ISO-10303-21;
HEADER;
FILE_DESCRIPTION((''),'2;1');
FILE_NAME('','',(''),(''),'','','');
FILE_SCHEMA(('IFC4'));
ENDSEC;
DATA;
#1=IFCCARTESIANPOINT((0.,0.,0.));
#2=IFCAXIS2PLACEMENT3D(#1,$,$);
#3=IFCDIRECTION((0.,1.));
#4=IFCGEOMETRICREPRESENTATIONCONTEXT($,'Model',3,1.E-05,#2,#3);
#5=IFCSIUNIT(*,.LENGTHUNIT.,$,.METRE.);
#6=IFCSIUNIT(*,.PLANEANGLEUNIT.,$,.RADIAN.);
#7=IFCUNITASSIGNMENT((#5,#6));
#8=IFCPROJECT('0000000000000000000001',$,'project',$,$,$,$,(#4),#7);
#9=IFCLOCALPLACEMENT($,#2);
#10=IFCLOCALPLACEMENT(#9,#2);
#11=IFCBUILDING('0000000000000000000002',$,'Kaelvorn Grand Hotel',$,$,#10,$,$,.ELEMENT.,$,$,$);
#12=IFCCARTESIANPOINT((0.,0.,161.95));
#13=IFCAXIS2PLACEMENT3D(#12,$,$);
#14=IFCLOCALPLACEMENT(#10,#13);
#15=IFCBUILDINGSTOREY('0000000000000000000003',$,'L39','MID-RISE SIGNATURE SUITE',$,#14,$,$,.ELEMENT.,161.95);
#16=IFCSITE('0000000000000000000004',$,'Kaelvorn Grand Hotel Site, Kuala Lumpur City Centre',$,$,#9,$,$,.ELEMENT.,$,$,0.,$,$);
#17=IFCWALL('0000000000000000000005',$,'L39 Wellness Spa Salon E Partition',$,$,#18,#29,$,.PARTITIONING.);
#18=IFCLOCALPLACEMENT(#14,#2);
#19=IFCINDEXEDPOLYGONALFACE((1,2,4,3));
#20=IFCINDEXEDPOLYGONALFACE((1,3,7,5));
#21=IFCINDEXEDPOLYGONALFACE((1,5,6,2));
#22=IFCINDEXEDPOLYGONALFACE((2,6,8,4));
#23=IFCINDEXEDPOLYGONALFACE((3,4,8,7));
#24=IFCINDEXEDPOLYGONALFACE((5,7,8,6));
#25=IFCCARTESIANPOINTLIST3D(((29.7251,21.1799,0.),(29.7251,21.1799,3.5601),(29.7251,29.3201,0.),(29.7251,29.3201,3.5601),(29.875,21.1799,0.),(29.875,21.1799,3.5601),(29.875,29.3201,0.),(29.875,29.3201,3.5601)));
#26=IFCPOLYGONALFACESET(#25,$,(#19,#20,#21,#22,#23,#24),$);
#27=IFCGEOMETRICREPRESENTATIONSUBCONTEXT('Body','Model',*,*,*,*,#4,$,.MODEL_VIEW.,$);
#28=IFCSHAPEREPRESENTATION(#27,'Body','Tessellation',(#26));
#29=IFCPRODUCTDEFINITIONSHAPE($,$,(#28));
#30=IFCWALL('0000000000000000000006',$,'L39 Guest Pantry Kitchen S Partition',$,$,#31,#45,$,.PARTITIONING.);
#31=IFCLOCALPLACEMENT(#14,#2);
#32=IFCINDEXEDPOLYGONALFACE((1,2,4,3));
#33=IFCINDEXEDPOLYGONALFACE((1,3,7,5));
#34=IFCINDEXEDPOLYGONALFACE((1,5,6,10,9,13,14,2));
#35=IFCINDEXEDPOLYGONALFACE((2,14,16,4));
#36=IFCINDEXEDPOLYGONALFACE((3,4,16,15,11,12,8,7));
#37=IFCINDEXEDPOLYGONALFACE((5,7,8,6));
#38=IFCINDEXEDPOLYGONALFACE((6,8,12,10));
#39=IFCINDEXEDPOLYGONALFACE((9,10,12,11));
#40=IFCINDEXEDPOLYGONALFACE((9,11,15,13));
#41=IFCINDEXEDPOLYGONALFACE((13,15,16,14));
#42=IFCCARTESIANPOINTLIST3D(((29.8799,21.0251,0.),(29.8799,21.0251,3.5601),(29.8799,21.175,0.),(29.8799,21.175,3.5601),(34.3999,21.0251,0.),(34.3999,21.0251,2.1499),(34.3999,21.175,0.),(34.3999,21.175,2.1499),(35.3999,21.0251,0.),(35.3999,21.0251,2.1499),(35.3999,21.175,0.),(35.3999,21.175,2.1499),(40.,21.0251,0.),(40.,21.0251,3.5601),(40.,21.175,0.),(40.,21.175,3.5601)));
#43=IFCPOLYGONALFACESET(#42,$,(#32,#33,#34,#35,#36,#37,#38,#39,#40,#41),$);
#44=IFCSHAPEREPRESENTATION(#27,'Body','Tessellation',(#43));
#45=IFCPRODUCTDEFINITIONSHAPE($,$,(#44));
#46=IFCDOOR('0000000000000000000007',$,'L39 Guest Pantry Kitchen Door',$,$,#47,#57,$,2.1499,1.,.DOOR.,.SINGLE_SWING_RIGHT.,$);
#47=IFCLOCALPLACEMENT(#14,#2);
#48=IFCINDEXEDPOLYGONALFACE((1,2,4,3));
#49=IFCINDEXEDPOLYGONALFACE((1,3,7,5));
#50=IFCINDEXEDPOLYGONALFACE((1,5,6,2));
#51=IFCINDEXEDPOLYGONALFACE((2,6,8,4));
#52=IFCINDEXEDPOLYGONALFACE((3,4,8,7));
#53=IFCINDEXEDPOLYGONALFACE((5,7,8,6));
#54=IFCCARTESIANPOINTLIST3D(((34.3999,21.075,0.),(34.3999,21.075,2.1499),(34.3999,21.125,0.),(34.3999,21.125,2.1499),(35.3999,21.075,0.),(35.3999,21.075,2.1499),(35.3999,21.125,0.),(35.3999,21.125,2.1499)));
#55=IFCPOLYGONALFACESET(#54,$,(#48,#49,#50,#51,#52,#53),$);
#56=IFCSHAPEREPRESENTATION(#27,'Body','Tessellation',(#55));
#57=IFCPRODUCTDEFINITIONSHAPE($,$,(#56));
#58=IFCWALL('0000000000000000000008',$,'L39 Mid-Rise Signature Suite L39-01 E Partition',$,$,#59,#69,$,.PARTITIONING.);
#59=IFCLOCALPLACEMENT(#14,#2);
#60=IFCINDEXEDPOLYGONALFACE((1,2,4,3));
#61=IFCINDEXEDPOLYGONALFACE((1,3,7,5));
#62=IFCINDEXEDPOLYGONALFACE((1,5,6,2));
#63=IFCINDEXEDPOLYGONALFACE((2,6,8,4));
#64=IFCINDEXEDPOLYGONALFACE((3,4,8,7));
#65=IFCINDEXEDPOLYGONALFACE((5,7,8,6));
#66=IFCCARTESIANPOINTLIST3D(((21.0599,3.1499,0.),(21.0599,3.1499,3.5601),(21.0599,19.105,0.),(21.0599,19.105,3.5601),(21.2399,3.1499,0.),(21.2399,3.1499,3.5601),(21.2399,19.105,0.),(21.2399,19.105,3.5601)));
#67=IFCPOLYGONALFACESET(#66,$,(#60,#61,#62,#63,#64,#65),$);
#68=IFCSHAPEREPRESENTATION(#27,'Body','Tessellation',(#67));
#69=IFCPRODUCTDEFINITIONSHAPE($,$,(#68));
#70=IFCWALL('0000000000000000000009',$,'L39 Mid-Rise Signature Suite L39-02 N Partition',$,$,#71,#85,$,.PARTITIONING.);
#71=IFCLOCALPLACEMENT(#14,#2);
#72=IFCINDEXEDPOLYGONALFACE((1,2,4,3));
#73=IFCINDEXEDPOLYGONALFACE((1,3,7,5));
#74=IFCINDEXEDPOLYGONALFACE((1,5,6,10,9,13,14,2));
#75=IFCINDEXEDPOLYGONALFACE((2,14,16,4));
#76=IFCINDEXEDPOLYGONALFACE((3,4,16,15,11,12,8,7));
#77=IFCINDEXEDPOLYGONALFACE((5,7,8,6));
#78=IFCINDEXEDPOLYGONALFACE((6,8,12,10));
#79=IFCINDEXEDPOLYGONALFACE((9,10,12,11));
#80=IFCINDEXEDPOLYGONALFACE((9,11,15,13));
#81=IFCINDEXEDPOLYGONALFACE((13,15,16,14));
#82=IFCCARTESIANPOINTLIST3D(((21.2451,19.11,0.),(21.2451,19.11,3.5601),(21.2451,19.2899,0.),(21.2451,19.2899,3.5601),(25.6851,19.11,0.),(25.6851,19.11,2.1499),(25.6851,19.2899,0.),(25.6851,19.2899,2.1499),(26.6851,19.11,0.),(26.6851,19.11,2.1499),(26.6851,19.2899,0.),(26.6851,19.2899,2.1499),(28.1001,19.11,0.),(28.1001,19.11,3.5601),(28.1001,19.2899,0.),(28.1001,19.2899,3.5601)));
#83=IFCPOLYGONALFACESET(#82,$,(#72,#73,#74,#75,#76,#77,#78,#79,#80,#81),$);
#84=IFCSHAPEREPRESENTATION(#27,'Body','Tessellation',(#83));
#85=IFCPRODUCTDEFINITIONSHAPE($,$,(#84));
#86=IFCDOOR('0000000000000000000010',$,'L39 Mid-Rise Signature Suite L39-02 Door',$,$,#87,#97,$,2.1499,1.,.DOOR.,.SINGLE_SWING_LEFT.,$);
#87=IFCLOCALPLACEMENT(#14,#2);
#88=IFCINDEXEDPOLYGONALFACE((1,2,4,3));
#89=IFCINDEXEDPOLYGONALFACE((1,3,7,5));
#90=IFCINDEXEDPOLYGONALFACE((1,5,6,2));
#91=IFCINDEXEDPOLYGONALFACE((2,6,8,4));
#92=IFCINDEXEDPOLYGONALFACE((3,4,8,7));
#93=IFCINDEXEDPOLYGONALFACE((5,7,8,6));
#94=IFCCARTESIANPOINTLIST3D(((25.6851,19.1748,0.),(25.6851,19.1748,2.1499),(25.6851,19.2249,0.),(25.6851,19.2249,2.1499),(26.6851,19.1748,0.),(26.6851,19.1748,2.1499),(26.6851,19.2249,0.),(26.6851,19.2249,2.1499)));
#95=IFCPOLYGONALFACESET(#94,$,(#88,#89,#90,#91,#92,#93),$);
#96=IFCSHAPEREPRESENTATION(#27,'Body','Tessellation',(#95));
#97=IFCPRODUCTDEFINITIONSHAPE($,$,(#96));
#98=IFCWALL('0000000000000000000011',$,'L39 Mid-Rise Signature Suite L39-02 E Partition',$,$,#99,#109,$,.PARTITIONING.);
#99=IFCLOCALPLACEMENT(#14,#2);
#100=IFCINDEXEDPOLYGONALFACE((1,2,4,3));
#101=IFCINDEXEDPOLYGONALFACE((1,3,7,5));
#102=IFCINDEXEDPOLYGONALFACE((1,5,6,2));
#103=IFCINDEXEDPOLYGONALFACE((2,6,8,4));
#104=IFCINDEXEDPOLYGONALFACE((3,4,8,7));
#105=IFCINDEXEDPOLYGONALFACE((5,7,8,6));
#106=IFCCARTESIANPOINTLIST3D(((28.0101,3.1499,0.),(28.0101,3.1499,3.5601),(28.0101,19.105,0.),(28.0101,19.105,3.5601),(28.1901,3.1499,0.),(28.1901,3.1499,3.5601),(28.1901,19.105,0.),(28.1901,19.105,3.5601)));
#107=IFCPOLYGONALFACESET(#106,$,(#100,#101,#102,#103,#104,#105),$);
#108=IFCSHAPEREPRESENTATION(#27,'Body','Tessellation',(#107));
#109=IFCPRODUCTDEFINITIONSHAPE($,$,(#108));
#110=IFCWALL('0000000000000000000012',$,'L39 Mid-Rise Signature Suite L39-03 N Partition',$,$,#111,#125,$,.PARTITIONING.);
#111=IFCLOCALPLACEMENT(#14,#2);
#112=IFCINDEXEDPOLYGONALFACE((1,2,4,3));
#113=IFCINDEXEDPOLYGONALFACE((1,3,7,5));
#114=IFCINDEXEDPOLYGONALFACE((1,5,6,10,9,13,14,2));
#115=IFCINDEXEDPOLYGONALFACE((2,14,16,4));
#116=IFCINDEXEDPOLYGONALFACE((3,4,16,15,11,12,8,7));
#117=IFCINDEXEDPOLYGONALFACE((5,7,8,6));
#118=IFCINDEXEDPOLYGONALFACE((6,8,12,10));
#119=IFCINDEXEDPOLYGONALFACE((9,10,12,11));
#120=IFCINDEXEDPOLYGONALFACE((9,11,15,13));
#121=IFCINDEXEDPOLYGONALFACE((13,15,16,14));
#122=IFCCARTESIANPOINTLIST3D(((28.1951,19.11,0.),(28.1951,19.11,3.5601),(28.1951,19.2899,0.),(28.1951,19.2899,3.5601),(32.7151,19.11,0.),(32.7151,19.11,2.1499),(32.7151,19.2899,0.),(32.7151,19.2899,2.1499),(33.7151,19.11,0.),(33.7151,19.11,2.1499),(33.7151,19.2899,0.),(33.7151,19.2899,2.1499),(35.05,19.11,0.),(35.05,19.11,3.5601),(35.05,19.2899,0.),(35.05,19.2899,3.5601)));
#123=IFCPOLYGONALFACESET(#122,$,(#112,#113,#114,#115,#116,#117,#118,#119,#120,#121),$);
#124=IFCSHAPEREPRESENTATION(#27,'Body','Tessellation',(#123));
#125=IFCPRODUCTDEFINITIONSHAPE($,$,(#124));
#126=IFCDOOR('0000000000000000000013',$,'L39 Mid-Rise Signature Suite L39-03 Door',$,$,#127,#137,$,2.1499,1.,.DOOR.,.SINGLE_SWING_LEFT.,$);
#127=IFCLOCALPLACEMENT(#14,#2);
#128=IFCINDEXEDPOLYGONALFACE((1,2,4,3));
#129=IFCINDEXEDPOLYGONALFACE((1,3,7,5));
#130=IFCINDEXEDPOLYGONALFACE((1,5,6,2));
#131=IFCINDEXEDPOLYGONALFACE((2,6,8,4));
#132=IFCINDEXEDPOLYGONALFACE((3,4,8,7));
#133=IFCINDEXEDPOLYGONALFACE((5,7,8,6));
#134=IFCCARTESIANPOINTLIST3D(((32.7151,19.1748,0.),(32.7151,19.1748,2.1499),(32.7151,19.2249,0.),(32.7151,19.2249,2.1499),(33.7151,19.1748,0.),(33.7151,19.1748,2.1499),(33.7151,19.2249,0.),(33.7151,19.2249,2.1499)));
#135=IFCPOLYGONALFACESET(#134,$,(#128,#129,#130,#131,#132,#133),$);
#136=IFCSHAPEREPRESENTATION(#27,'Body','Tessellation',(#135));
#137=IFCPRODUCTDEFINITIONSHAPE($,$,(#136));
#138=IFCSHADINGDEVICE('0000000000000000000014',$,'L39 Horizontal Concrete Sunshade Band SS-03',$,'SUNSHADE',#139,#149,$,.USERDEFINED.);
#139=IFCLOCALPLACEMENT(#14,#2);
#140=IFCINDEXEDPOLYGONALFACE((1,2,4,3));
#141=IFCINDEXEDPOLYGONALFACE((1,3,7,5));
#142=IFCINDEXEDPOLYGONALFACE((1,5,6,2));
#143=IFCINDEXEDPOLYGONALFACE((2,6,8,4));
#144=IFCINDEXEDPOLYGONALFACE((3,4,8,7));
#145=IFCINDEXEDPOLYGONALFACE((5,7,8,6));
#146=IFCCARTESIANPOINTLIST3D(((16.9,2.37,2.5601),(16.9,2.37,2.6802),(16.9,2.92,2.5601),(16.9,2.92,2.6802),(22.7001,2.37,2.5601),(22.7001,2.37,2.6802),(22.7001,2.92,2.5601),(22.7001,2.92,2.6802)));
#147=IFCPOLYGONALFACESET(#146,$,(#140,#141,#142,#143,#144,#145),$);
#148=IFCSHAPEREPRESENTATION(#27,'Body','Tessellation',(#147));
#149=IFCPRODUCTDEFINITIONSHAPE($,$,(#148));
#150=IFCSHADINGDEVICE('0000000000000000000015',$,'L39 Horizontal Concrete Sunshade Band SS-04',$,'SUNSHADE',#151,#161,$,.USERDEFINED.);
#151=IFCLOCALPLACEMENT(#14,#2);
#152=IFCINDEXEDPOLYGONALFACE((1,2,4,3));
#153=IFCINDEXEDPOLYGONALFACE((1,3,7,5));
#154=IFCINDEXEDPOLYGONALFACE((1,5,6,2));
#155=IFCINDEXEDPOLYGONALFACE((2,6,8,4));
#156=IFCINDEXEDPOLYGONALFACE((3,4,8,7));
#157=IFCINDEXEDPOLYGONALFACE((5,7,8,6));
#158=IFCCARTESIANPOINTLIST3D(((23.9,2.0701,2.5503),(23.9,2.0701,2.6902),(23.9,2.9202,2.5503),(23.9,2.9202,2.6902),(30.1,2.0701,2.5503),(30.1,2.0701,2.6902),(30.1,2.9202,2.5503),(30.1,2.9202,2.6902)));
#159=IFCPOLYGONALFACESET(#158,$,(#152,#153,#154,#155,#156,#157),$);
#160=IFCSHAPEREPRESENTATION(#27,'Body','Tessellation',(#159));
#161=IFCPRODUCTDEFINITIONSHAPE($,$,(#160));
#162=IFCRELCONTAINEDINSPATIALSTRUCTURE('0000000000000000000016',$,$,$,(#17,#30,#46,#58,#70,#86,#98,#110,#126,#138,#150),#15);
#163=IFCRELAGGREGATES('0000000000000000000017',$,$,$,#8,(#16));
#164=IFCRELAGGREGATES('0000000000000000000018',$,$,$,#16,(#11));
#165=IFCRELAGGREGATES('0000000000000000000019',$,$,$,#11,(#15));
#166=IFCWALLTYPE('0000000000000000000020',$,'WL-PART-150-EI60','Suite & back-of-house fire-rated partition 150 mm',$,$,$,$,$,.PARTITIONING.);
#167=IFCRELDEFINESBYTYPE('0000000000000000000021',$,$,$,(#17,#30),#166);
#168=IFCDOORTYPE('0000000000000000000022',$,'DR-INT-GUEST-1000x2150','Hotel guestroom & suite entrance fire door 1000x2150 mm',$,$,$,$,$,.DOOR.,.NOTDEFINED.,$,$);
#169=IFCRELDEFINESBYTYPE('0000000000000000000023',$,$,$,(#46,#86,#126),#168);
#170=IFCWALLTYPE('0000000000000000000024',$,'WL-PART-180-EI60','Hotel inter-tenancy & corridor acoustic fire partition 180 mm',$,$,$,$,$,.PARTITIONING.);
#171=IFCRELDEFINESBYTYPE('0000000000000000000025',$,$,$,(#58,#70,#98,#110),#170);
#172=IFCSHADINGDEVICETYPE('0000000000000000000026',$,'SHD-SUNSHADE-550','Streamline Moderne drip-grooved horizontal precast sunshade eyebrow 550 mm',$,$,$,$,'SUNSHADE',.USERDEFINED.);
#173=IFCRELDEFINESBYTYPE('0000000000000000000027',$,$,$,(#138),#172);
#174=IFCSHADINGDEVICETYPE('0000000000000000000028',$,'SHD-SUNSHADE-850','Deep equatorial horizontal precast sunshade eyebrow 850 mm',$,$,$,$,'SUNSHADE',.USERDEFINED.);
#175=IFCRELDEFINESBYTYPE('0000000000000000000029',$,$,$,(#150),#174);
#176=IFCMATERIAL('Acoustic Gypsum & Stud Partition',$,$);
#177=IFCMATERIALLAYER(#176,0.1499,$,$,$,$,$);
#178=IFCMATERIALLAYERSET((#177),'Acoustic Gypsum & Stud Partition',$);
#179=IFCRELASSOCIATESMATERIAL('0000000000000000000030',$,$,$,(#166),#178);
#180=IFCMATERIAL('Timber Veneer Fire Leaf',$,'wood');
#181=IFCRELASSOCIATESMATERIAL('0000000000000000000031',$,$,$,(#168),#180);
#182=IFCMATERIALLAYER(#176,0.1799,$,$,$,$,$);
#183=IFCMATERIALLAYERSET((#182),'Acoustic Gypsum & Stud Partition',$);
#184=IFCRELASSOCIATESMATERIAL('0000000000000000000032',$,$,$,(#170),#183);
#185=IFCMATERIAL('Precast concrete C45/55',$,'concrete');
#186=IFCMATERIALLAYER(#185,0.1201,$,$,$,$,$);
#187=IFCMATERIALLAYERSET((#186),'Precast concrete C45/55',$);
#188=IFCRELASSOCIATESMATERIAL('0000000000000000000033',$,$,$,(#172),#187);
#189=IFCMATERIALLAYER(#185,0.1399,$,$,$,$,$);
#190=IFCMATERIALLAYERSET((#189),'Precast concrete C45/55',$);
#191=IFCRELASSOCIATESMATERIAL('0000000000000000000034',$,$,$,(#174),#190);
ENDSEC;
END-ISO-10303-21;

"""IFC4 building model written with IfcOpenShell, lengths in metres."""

from ifc_helpers import new_model, si_unit, direction, frame, frame_2d, origin, origin_2d, place, context, subcontext, project, spatial, rectangle, extrude, material, layer, layer_set, type_object, element, fill, save


model = new_model("IFC4")

# Units and contexts
model_context = context("Model", 3, precision=1e-05, world=origin(), true_north=direction((0.0, 1.0)))
body_context = subcontext(model_context, "Body", "Model", "MODEL_VIEW")
ifc_project = project(units=[si_unit("LENGTHUNIT", "METRE"), si_unit("PLANEANGLEUNIT", "RADIAN")], contexts=[model_context])

# Site, building, storey
site_placement = place(None, origin())
site = spatial("IfcSite", under=ifc_project, at=site_placement, Name="Kaelvorn Grand Hotel Site, Kuala Lumpur City Centre", CompositionType="ELEMENT", RefElevation=0.0)
building_placement = place(site_placement, origin())
building = spatial("IfcBuilding", under=site, at=building_placement, Name="Kaelvorn Grand Hotel", CompositionType="ELEMENT")
storey_placement = place(building_placement, frame((0.0, 0.0, 161.95)))
storey = spatial("IfcBuildingStorey", under=building, at=storey_placement, Name="L39", Description="MID-RISE SIGNATURE SUITE", CompositionType="ELEMENT", Elevation=161.95)

# Wall
ifc_material_1 = material(Name="Acoustic Gypsum & Stud Partition")
ifc_layer_1 = layer(ifc_material_1, 0.1499)
ifc_layer_set_1 = layer_set([ifc_layer_1], Name="Acoustic Gypsum & Stud Partition")
wall_type_1 = type_object("IfcWallType", Name="WL-PART-150-EI60", Description="Suite & back-of-house fire-rated partition 150 mm", PredefinedType="PARTITIONING", material=ifc_layer_set_1)
wall_1_placement = place(storey_placement, frame((29.8, 21.1799, 0.0), z_axis=(0.0, 0.0, 1.0), x_axis=(0.0, 1.0, 0.0)))
element("IfcWall", 1, at=wall_1_placement, inside=storey, type_object=wall_type_1, Name="L39 Wellness Spa Salon E Partition", PredefinedType="PARTITIONING", context=body_context, shape_type="SweptSolid", body=[
    extrude(rectangle(XDim=8.1401, YDim=0.1499, at=frame_2d((4.0701, 0.0))), origin(), (0.0, 0.0, 1.0), 3.5601),
])

# Wall, opening, door
wall_2_placement = place(storey_placement, frame((29.8799, 21.1001, 0.0), z_axis=(0.0, 0.0, 1.0), x_axis=(1.0, 0.0, 0.0)))
wall_2 = element("IfcWall", 2, at=wall_2_placement, inside=storey, type_object=wall_type_1, Name="L39 Guest Pantry Kitchen S Partition", PredefinedType="PARTITIONING", context=body_context, shape_type="SweptSolid", body=[
    extrude(rectangle(XDim=10.1201, YDim=0.1499, at=frame_2d((5.0601, 0.0))), origin(), (0.0, 0.0, 1.0), 3.5601),
])
opening_1_placement = place(wall_2_placement, frame((4.52, 0.0, 0.0)))
opening_1 = element("IfcOpeningElement", 3, at=opening_1_placement, cuts=wall_2, PredefinedType="OPENING", context=body_context, shape_type="SweptSolid", body=[
    extrude(rectangle(XDim=1.0, YDim=2.1499, at=frame_2d((0.5, 1.075))), frame((0.0, 0.085, 0.0), z_axis=(0.0, -1.0, 0.0), x_axis=(1.0, 0.0, 0.0)), (0.0, 0.0, 1.0), 0.1699),
])
ifc_material_2 = material(Name="Timber Veneer Fire Leaf", Category="wood")
door_type_1 = type_object("IfcDoorType", Name="DR-INT-GUEST-1000x2150", Description="Hotel guestroom & suite entrance fire door 1000x2150 mm", OperationType="NOTDEFINED", PredefinedType="DOOR", material=ifc_material_2)
door_1_placement = place(opening_1_placement, origin())
door_1 = element("IfcDoor", 4, at=door_1_placement, inside=storey, type_object=door_type_1, Name="L39 Guest Pantry Kitchen Door", OperationType="SINGLE_SWING_RIGHT", OverallHeight=2.1499, OverallWidth=1.0, PredefinedType="DOOR", context=body_context, shape_type="SweptSolid", body=[
    extrude(rectangle(XDim=1.0, YDim=2.1499, at=frame_2d((0.5, 1.075))), frame((0.0, 0.0249, 0.0), z_axis=(0.0, -1.0, 0.0), x_axis=(1.0, 0.0, 0.0)), (0.0, 0.0, 1.0), 0.05),
])
fill(opening_1, door_1)

# Wall
ifc_layer_2 = layer(ifc_material_1, 0.1799)
ifc_layer_set_2 = layer_set([ifc_layer_2], Name="Acoustic Gypsum & Stud Partition")
wall_type_2 = type_object("IfcWallType", Name="WL-PART-180-EI60", Description="Hotel inter-tenancy & corridor acoustic fire partition 180 mm", PredefinedType="PARTITIONING", material=ifc_layer_set_2)
wall_3_placement = place(storey_placement, frame((21.1499, 3.1499, 0.0), z_axis=(0.0, 0.0, 1.0), x_axis=(0.0, 1.0, 0.0)))
element("IfcWall", 5, at=wall_3_placement, inside=storey, type_object=wall_type_2, Name="L39 Mid-Rise Signature Suite L39-01 E Partition", PredefinedType="PARTITIONING", context=body_context, shape_type="SweptSolid", body=[
    extrude(rectangle(XDim=15.9551, YDim=0.1799, at=frame_2d((7.9775, 0.0))), origin(), (0.0, 0.0, 1.0), 3.5601),
])

# Wall, opening, door
wall_4_placement = place(storey_placement, frame((21.2451, 19.2, 0.0), z_axis=(0.0, 0.0, 1.0), x_axis=(1.0, 0.0, 0.0)))
wall_4 = element("IfcWall", 6, at=wall_4_placement, inside=storey, type_object=wall_type_2, Name="L39 Mid-Rise Signature Suite L39-02 N Partition", PredefinedType="PARTITIONING", context=body_context, shape_type="SweptSolid", body=[
    extrude(rectangle(XDim=6.855, YDim=0.1799, at=frame_2d((3.4275, 0.0))), origin(), (0.0, 0.0, 1.0), 3.5601),
])
opening_2_placement = place(wall_4_placement, frame((4.4399, 0.0, 0.0)))
opening_2 = element("IfcOpeningElement", 7, at=opening_2_placement, cuts=wall_4, PredefinedType="OPENING", context=body_context, shape_type="SweptSolid", body=[
    extrude(rectangle(XDim=1.0, YDim=2.1499, at=frame_2d((0.5, 1.075))), frame((0.0, 0.1001, 0.0), z_axis=(0.0, -1.0, 0.0), x_axis=(1.0, 0.0, 0.0)), (0.0, 0.0, 1.0), 0.2),
])
door_2_placement = place(opening_2_placement, origin())
door_2 = element("IfcDoor", 8, at=door_2_placement, inside=storey, type_object=door_type_1, Name="L39 Mid-Rise Signature Suite L39-02 Door", OperationType="SINGLE_SWING_LEFT", OverallHeight=2.1499, OverallWidth=1.0, PredefinedType="DOOR", context=body_context, shape_type="SweptSolid", body=[
    extrude(rectangle(XDim=1.0, YDim=2.1499, at=frame_2d((0.5, 1.075))), frame((0.0, 0.0249, 0.0), z_axis=(0.0, -1.0, 0.0), x_axis=(1.0, 0.0, 0.0)), (0.0, 0.0, 1.0), 0.05),
])
fill(opening_2, door_2)

# Wall
wall_5_placement = place(storey_placement, frame((28.1001, 3.1499, 0.0), z_axis=(0.0, 0.0, 1.0), x_axis=(0.0, 1.0, 0.0)))
element("IfcWall", 9, at=wall_5_placement, inside=storey, type_object=wall_type_2, Name="L39 Mid-Rise Signature Suite L39-02 E Partition", PredefinedType="PARTITIONING", context=body_context, shape_type="SweptSolid", body=[
    extrude(rectangle(XDim=15.9551, YDim=0.1799, at=frame_2d((7.9775, 0.0))), origin(), (0.0, 0.0, 1.0), 3.5601),
])

# Wall, opening, door
wall_6_placement = place(storey_placement, frame((28.1951, 19.2, 0.0), z_axis=(0.0, 0.0, 1.0), x_axis=(1.0, 0.0, 0.0)))
wall_6 = element("IfcWall", 10, at=wall_6_placement, inside=storey, type_object=wall_type_2, Name="L39 Mid-Rise Signature Suite L39-03 N Partition", PredefinedType="PARTITIONING", context=body_context, shape_type="SweptSolid", body=[
    extrude(rectangle(XDim=6.855, YDim=0.1799, at=frame_2d((3.4275, 0.0))), origin(), (0.0, 0.0, 1.0), 3.5601),
])
opening_3_placement = place(wall_6_placement, frame((4.52, 0.0, 0.0)))
opening_3 = element("IfcOpeningElement", 11, at=opening_3_placement, cuts=wall_6, PredefinedType="OPENING", context=body_context, shape_type="SweptSolid", body=[
    extrude(rectangle(XDim=1.0, YDim=2.1499, at=frame_2d((0.5, 1.075))), frame((0.0, 0.1001, 0.0), z_axis=(0.0, -1.0, 0.0), x_axis=(1.0, 0.0, 0.0)), (0.0, 0.0, 1.0), 0.2),
])
door_3_placement = place(opening_3_placement, origin())
door_3 = element("IfcDoor", 12, at=door_3_placement, inside=storey, type_object=door_type_1, Name="L39 Mid-Rise Signature Suite L39-03 Door", OperationType="SINGLE_SWING_LEFT", OverallHeight=2.1499, OverallWidth=1.0, PredefinedType="DOOR", context=body_context, shape_type="SweptSolid", body=[
    extrude(rectangle(XDim=1.0, YDim=2.1499, at=frame_2d((0.5, 1.075))), frame((0.0, 0.0249, 0.0), z_axis=(0.0, -1.0, 0.0), x_axis=(1.0, 0.0, 0.0)), (0.0, 0.0, 1.0), 0.05),
])
fill(opening_3, door_3)

# Shading devices
ifc_material_3 = material(Name="Precast concrete C45/55", Category="concrete")
ifc_layer_3 = layer(ifc_material_3, 0.1201)
ifc_layer_set_3 = layer_set([ifc_layer_3], Name="Precast concrete C45/55")
shading_device_type_1 = type_object("IfcShadingDeviceType", Name="SHD-SUNSHADE-550", Description="Streamline Moderne drip-grooved horizontal precast sunshade eyebrow 550 mm", ElementType="SUNSHADE", PredefinedType="USERDEFINED", material=ifc_layer_set_3)
shading_device_1_placement = place(storey_placement, frame((19.8, 2.645, 2.5601), z_axis=(0.0, 0.0, 1.0), x_axis=(1.0, 0.0, 0.0)))
element("IfcShadingDevice", 13, at=shading_device_1_placement, inside=storey, type_object=shading_device_type_1, Name="L39 Horizontal Concrete Sunshade Band SS-03", ObjectType="SUNSHADE", PredefinedType="USERDEFINED", context=body_context, shape_type="SweptSolid", body=[
    extrude(rectangle(XDim=5.8, YDim=0.55, at=origin_2d()), origin(), (0.0, 0.0, 1.0), 0.1201),
])
ifc_layer_4 = layer(ifc_material_3, 0.1399)
ifc_layer_set_4 = layer_set([ifc_layer_4], Name="Precast concrete C45/55")
shading_device_type_2 = type_object("IfcShadingDeviceType", Name="SHD-SUNSHADE-850", Description="Deep equatorial horizontal precast sunshade eyebrow 850 mm", ElementType="SUNSHADE", PredefinedType="USERDEFINED", material=ifc_layer_set_4)
shading_device_2_placement = place(storey_placement, frame((27.0, 2.4951, 2.5503), z_axis=(0.0, 0.0, 1.0), x_axis=(1.0, 0.0, 0.0)))
element("IfcShadingDevice", 14, at=shading_device_2_placement, inside=storey, type_object=shading_device_type_2, Name="L39 Horizontal Concrete Sunshade Band SS-04", ObjectType="SUNSHADE", PredefinedType="USERDEFINED", context=body_context, shape_type="SweptSolid", body=[
    extrude(rectangle(XDim=6.2, YDim=0.8501, at=origin_2d()), origin(), (0.0, 0.0, 1.0), 0.1399),
])

save(model, "model.ifc")
